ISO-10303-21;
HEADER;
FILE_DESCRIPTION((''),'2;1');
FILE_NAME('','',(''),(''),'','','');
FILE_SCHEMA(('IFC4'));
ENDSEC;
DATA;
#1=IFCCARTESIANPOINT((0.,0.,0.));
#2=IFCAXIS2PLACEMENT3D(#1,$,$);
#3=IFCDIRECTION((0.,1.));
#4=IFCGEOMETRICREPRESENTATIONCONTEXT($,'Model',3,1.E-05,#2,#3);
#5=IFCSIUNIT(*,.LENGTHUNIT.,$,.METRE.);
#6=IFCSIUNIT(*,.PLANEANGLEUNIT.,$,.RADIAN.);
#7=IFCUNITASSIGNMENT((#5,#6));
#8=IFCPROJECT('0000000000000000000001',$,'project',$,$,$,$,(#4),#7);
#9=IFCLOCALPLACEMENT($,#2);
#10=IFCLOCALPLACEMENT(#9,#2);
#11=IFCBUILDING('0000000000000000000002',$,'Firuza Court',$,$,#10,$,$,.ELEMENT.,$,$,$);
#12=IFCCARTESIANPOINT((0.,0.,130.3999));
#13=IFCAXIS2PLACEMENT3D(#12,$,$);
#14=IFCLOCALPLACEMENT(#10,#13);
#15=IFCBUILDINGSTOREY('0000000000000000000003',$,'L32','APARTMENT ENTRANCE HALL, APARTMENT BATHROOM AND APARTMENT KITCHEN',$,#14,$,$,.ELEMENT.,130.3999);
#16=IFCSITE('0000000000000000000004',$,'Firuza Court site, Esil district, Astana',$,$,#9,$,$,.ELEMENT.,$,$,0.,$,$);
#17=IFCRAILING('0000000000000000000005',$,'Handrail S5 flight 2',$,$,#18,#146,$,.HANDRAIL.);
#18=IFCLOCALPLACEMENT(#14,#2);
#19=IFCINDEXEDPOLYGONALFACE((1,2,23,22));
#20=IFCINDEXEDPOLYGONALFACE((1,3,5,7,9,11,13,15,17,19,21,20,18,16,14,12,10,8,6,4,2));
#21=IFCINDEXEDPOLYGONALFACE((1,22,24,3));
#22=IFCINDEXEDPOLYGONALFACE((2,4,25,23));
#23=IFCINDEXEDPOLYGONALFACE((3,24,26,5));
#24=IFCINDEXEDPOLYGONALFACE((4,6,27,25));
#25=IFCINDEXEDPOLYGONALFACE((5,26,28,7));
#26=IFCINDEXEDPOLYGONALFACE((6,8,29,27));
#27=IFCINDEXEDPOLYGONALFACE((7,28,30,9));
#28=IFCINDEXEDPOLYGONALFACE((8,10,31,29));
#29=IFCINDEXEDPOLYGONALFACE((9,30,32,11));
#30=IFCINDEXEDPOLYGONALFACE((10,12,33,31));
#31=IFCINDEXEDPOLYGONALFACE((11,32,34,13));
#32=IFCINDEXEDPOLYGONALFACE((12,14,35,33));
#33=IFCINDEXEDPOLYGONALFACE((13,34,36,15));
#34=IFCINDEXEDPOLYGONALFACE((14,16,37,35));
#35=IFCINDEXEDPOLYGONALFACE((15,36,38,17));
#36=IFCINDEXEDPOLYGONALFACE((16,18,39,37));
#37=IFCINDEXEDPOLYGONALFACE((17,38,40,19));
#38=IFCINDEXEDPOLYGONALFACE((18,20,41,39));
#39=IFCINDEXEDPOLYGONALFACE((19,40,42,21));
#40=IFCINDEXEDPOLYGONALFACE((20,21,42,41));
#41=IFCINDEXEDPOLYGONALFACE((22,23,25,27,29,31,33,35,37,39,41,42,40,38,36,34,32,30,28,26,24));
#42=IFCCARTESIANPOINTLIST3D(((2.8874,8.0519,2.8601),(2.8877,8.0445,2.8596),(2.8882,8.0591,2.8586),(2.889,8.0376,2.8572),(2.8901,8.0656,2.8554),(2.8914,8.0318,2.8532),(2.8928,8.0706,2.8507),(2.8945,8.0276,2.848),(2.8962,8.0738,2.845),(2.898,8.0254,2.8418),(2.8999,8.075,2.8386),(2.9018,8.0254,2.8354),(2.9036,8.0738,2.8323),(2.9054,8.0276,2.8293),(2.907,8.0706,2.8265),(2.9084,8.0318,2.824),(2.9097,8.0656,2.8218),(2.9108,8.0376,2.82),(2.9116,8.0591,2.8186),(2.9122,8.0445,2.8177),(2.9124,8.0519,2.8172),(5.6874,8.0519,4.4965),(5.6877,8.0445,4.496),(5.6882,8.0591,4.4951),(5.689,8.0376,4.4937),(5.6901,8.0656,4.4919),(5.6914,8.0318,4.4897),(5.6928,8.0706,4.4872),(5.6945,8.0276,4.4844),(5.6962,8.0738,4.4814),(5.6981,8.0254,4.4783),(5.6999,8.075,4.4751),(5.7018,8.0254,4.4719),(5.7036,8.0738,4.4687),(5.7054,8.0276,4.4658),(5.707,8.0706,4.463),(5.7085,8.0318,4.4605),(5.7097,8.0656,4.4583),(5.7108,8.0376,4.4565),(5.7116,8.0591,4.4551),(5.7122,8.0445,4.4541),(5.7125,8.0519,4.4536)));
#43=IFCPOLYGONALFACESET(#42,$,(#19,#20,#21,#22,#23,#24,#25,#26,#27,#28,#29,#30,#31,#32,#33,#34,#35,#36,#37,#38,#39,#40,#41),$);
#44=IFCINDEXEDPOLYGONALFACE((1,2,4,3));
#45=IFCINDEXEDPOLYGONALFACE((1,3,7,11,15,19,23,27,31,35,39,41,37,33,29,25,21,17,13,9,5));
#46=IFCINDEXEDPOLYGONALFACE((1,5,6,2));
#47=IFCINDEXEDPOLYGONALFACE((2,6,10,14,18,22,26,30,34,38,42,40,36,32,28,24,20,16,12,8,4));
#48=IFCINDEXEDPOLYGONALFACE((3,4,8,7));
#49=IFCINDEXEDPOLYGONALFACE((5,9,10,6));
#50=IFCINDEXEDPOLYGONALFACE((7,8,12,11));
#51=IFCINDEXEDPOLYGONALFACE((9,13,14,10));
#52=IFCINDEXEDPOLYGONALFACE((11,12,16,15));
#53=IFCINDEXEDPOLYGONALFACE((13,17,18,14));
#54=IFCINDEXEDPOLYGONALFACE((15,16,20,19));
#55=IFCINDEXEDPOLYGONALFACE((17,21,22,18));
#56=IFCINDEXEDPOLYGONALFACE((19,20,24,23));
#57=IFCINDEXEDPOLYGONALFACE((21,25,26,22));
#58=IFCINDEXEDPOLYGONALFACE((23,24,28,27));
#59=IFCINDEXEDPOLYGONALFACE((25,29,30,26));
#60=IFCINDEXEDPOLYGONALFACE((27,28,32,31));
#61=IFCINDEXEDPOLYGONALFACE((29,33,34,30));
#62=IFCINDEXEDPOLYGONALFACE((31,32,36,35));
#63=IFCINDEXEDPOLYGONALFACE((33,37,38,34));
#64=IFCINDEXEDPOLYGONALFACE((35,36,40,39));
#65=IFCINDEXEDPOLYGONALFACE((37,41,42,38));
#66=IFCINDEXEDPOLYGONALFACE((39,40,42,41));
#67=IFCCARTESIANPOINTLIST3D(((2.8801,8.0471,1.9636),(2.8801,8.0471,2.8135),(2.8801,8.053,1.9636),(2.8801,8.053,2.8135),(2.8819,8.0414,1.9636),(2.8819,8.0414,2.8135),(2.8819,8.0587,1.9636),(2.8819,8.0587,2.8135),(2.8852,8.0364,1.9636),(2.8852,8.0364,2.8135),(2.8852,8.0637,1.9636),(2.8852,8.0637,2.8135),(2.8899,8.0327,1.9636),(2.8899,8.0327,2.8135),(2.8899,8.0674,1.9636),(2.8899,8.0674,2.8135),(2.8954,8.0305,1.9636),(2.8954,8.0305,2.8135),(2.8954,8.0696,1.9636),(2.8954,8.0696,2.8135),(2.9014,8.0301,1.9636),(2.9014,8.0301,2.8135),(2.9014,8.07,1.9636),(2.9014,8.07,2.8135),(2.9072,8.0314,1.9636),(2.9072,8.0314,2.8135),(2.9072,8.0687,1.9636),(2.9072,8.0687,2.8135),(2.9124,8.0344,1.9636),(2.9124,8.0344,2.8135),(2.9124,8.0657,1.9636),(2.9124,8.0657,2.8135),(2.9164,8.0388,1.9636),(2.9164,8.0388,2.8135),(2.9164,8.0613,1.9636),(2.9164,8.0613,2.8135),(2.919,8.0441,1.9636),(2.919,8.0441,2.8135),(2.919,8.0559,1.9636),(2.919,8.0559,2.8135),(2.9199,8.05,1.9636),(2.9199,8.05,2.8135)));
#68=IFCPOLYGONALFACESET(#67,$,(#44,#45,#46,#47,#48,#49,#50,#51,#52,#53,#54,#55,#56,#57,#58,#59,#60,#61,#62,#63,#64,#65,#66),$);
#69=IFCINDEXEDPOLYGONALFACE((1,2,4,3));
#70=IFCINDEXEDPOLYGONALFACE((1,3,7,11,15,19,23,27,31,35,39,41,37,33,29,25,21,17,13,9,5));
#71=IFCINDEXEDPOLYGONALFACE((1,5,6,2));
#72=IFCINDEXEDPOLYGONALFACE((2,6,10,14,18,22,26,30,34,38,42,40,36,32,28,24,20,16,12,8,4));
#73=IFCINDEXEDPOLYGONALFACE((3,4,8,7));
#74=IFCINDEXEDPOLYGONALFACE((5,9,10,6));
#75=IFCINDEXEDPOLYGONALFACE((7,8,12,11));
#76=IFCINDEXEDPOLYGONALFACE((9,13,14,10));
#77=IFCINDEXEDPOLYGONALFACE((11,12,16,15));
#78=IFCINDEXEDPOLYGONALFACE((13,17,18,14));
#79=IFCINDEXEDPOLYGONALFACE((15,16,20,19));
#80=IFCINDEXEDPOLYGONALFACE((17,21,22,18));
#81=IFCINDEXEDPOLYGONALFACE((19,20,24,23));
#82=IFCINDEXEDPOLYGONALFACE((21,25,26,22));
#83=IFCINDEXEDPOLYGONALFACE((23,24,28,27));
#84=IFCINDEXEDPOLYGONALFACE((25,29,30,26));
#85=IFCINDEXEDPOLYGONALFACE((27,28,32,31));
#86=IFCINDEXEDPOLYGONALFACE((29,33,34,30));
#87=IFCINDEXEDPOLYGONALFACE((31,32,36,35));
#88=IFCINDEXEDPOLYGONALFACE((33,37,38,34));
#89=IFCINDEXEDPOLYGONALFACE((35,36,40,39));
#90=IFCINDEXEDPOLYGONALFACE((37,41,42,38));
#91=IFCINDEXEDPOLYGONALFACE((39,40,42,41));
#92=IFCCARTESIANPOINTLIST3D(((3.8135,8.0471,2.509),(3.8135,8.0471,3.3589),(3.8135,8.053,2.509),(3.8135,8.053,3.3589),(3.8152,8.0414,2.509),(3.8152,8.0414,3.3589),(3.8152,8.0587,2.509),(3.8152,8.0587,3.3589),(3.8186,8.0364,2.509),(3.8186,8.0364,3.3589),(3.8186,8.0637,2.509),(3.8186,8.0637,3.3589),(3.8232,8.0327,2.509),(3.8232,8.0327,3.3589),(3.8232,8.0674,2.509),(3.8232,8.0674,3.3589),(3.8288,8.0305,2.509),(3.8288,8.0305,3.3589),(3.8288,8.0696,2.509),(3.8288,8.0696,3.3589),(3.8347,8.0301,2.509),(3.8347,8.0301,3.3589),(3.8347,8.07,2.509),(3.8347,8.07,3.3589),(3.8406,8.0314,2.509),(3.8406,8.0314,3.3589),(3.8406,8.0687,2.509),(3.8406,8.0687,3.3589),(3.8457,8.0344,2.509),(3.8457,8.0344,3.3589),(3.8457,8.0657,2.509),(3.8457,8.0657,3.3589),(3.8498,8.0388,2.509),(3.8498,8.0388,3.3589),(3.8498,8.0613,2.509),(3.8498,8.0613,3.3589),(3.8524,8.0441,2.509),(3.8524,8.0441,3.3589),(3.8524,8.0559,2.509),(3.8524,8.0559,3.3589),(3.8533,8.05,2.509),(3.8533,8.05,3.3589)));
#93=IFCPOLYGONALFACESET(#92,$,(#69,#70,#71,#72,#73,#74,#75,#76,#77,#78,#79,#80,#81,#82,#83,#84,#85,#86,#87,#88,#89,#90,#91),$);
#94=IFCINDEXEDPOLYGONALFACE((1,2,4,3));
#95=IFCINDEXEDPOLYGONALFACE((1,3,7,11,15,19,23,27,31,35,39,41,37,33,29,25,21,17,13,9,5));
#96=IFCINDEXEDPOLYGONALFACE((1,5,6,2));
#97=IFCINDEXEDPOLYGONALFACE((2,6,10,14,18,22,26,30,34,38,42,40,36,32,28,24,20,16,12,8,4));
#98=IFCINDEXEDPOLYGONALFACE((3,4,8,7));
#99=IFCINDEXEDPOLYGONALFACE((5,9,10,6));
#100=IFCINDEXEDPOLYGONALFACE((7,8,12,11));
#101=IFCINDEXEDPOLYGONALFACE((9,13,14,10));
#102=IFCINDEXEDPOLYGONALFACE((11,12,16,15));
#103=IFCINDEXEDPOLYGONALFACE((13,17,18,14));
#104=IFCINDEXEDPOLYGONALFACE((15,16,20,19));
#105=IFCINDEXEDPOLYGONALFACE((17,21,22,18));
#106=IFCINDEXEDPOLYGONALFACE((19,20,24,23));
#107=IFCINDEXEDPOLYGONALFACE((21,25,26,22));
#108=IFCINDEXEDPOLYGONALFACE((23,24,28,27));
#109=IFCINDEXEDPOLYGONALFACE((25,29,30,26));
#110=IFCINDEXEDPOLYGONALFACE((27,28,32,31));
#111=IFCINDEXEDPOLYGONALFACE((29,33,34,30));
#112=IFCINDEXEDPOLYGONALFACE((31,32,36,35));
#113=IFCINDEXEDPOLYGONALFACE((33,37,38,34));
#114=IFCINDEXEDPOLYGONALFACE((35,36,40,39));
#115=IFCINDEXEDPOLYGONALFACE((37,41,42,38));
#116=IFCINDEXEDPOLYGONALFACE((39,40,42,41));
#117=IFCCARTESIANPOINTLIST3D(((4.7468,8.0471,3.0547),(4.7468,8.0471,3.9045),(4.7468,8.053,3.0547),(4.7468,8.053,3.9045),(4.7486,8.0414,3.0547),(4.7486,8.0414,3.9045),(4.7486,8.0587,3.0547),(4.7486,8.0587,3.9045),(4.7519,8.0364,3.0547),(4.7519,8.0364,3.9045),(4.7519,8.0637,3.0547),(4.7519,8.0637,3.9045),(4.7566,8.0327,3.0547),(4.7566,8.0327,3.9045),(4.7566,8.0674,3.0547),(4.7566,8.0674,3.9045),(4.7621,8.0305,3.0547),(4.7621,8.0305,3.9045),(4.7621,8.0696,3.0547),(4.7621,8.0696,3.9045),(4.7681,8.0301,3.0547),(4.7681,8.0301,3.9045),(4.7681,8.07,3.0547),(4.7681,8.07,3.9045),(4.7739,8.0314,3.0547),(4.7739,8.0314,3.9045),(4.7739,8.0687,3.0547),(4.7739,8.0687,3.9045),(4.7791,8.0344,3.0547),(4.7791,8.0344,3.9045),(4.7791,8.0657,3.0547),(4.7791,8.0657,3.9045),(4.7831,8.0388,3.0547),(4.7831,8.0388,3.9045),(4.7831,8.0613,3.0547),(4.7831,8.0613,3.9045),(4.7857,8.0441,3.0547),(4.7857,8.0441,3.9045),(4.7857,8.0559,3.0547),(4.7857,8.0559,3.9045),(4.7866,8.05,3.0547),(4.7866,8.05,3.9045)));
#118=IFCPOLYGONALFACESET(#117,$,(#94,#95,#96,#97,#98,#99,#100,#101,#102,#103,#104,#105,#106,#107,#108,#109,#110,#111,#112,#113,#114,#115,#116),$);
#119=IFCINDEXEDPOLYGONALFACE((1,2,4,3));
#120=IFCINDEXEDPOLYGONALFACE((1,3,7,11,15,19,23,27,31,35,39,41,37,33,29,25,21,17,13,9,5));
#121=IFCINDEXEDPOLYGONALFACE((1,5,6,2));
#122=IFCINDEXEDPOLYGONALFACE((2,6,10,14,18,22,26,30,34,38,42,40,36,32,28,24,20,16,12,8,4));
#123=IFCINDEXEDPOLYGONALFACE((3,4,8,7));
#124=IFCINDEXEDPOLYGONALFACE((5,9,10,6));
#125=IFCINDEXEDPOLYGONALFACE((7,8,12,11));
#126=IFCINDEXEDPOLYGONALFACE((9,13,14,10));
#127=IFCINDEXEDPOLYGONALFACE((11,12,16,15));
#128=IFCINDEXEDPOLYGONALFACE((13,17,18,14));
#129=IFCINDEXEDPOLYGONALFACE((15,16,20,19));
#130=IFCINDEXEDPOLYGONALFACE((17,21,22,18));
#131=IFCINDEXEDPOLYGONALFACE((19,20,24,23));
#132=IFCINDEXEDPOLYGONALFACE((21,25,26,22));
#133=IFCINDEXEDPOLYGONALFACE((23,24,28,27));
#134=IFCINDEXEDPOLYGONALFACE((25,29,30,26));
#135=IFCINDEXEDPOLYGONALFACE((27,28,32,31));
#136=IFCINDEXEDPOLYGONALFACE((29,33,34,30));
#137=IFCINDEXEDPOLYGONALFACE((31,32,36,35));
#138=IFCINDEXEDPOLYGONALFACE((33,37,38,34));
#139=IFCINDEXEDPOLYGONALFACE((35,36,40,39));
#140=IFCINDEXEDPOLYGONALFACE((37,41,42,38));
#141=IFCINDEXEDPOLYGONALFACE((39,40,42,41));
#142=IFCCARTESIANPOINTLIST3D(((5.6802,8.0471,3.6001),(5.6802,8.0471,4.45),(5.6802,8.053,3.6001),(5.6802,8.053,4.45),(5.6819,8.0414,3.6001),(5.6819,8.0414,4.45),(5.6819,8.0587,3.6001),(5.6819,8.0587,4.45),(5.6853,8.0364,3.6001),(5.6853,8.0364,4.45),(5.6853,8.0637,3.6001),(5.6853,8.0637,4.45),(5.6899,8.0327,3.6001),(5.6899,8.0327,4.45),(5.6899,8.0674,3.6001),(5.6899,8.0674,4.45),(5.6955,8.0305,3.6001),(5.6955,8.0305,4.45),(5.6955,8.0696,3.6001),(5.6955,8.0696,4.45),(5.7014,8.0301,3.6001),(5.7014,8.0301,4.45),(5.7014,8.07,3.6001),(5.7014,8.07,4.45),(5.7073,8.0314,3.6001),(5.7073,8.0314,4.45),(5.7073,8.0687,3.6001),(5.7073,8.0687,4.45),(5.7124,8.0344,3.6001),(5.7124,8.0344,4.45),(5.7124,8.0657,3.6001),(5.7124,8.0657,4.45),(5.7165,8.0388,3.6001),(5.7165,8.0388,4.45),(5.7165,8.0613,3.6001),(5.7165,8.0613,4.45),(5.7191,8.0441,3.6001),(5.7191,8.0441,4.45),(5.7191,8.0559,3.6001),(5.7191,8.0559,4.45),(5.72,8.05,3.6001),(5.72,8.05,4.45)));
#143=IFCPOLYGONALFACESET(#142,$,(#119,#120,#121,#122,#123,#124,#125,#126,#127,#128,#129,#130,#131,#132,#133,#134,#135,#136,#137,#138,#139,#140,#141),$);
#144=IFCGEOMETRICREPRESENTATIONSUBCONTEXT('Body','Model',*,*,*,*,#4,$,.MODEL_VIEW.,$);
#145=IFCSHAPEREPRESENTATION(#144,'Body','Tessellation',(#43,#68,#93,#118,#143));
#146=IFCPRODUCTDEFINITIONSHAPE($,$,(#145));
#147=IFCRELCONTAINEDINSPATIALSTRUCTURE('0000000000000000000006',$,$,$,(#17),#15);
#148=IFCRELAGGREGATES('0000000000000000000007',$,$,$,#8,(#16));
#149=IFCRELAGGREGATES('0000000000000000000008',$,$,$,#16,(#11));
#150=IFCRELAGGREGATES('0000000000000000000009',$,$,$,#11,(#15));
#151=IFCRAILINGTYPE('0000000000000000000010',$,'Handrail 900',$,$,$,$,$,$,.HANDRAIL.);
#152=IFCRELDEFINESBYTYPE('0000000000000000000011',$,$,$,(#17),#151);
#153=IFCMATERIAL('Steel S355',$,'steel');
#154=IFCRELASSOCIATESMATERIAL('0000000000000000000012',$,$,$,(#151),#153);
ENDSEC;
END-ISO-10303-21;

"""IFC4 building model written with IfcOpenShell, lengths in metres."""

from ifc_helpers import new_model, si_unit, direction, frame, origin, origin_2d, place, context, subcontext, project, spatial, circle, extrude, material, type_object, element, save


model = new_model("IFC4")

# Units and contexts
model_context = context("Model", 3, precision=1e-05, world=origin(), true_north=direction((0.0, 1.0)))
body_context = subcontext(model_context, "Body", "Model", "MODEL_VIEW")
ifc_project = project(units=[si_unit("LENGTHUNIT", "METRE"), si_unit("PLANEANGLEUNIT", "RADIAN")], contexts=[model_context])

# Site, building, storey
site_placement = place(None, origin())
site = spatial("IfcSite", under=ifc_project, at=site_placement, Name="Firuza Court site, Esil district, Astana", CompositionType="ELEMENT", RefElevation=0.0)
building_placement = place(site_placement, origin())
building = spatial("IfcBuilding", under=site, at=building_placement, Name="Firuza Court", CompositionType="ELEMENT")
storey_placement = place(building_placement, frame((0.0, 0.0, 130.3999)))
storey = spatial("IfcBuildingStorey", under=building, at=storey_placement, Name="L32", Description="APARTMENT ENTRANCE HALL, APARTMENT BATHROOM AND APARTMENT KITCHEN", CompositionType="ELEMENT", Elevation=130.3999)

# Railing
ifc_material_1 = material(Name="Steel S355", Category="steel")
railing_type_1 = type_object("IfcRailingType", Name="Handrail 900", PredefinedType="HANDRAIL", material=ifc_material_1)
railing_1_placement = place(storey_placement, frame((2.8999, 8.05, 1.9636)))
element("IfcRailing", 1, at=railing_1_placement, inside=storey, type_object=railing_type_1, Name="Handrail S5 flight 2", PredefinedType="HANDRAIL", context=body_context, shape_type="SweptSolid", body=[
    extrude(circle(Radius=0.0249, at=origin_2d()), frame((0.0, 0.0, 0.875), z_axis=(0.863361, 0.0, 0.504587), x_axis=(0.0, 1.0, 0.0)), (0.0, 0.0, 1.0), 3.2432),
    extrude(circle(Radius=0.02, at=origin_2d()), origin(), (0.0, 0.0, 1.0), 0.8499),
    extrude(circle(Radius=0.02, at=origin_2d()), frame((0.9333, 0.0, 0.5454)), (0.0, 0.0, 1.0), 0.8499),
    extrude(circle(Radius=0.02, at=origin_2d()), frame((1.8667, 0.0, 1.0911)), (0.0, 0.0, 1.0), 0.8499),
    extrude(circle(Radius=0.02, at=origin_2d()), frame((2.8, 0.0, 1.6365)), (0.0, 0.0, 1.0), 0.8499),
])

save(model, "model.ifc")
